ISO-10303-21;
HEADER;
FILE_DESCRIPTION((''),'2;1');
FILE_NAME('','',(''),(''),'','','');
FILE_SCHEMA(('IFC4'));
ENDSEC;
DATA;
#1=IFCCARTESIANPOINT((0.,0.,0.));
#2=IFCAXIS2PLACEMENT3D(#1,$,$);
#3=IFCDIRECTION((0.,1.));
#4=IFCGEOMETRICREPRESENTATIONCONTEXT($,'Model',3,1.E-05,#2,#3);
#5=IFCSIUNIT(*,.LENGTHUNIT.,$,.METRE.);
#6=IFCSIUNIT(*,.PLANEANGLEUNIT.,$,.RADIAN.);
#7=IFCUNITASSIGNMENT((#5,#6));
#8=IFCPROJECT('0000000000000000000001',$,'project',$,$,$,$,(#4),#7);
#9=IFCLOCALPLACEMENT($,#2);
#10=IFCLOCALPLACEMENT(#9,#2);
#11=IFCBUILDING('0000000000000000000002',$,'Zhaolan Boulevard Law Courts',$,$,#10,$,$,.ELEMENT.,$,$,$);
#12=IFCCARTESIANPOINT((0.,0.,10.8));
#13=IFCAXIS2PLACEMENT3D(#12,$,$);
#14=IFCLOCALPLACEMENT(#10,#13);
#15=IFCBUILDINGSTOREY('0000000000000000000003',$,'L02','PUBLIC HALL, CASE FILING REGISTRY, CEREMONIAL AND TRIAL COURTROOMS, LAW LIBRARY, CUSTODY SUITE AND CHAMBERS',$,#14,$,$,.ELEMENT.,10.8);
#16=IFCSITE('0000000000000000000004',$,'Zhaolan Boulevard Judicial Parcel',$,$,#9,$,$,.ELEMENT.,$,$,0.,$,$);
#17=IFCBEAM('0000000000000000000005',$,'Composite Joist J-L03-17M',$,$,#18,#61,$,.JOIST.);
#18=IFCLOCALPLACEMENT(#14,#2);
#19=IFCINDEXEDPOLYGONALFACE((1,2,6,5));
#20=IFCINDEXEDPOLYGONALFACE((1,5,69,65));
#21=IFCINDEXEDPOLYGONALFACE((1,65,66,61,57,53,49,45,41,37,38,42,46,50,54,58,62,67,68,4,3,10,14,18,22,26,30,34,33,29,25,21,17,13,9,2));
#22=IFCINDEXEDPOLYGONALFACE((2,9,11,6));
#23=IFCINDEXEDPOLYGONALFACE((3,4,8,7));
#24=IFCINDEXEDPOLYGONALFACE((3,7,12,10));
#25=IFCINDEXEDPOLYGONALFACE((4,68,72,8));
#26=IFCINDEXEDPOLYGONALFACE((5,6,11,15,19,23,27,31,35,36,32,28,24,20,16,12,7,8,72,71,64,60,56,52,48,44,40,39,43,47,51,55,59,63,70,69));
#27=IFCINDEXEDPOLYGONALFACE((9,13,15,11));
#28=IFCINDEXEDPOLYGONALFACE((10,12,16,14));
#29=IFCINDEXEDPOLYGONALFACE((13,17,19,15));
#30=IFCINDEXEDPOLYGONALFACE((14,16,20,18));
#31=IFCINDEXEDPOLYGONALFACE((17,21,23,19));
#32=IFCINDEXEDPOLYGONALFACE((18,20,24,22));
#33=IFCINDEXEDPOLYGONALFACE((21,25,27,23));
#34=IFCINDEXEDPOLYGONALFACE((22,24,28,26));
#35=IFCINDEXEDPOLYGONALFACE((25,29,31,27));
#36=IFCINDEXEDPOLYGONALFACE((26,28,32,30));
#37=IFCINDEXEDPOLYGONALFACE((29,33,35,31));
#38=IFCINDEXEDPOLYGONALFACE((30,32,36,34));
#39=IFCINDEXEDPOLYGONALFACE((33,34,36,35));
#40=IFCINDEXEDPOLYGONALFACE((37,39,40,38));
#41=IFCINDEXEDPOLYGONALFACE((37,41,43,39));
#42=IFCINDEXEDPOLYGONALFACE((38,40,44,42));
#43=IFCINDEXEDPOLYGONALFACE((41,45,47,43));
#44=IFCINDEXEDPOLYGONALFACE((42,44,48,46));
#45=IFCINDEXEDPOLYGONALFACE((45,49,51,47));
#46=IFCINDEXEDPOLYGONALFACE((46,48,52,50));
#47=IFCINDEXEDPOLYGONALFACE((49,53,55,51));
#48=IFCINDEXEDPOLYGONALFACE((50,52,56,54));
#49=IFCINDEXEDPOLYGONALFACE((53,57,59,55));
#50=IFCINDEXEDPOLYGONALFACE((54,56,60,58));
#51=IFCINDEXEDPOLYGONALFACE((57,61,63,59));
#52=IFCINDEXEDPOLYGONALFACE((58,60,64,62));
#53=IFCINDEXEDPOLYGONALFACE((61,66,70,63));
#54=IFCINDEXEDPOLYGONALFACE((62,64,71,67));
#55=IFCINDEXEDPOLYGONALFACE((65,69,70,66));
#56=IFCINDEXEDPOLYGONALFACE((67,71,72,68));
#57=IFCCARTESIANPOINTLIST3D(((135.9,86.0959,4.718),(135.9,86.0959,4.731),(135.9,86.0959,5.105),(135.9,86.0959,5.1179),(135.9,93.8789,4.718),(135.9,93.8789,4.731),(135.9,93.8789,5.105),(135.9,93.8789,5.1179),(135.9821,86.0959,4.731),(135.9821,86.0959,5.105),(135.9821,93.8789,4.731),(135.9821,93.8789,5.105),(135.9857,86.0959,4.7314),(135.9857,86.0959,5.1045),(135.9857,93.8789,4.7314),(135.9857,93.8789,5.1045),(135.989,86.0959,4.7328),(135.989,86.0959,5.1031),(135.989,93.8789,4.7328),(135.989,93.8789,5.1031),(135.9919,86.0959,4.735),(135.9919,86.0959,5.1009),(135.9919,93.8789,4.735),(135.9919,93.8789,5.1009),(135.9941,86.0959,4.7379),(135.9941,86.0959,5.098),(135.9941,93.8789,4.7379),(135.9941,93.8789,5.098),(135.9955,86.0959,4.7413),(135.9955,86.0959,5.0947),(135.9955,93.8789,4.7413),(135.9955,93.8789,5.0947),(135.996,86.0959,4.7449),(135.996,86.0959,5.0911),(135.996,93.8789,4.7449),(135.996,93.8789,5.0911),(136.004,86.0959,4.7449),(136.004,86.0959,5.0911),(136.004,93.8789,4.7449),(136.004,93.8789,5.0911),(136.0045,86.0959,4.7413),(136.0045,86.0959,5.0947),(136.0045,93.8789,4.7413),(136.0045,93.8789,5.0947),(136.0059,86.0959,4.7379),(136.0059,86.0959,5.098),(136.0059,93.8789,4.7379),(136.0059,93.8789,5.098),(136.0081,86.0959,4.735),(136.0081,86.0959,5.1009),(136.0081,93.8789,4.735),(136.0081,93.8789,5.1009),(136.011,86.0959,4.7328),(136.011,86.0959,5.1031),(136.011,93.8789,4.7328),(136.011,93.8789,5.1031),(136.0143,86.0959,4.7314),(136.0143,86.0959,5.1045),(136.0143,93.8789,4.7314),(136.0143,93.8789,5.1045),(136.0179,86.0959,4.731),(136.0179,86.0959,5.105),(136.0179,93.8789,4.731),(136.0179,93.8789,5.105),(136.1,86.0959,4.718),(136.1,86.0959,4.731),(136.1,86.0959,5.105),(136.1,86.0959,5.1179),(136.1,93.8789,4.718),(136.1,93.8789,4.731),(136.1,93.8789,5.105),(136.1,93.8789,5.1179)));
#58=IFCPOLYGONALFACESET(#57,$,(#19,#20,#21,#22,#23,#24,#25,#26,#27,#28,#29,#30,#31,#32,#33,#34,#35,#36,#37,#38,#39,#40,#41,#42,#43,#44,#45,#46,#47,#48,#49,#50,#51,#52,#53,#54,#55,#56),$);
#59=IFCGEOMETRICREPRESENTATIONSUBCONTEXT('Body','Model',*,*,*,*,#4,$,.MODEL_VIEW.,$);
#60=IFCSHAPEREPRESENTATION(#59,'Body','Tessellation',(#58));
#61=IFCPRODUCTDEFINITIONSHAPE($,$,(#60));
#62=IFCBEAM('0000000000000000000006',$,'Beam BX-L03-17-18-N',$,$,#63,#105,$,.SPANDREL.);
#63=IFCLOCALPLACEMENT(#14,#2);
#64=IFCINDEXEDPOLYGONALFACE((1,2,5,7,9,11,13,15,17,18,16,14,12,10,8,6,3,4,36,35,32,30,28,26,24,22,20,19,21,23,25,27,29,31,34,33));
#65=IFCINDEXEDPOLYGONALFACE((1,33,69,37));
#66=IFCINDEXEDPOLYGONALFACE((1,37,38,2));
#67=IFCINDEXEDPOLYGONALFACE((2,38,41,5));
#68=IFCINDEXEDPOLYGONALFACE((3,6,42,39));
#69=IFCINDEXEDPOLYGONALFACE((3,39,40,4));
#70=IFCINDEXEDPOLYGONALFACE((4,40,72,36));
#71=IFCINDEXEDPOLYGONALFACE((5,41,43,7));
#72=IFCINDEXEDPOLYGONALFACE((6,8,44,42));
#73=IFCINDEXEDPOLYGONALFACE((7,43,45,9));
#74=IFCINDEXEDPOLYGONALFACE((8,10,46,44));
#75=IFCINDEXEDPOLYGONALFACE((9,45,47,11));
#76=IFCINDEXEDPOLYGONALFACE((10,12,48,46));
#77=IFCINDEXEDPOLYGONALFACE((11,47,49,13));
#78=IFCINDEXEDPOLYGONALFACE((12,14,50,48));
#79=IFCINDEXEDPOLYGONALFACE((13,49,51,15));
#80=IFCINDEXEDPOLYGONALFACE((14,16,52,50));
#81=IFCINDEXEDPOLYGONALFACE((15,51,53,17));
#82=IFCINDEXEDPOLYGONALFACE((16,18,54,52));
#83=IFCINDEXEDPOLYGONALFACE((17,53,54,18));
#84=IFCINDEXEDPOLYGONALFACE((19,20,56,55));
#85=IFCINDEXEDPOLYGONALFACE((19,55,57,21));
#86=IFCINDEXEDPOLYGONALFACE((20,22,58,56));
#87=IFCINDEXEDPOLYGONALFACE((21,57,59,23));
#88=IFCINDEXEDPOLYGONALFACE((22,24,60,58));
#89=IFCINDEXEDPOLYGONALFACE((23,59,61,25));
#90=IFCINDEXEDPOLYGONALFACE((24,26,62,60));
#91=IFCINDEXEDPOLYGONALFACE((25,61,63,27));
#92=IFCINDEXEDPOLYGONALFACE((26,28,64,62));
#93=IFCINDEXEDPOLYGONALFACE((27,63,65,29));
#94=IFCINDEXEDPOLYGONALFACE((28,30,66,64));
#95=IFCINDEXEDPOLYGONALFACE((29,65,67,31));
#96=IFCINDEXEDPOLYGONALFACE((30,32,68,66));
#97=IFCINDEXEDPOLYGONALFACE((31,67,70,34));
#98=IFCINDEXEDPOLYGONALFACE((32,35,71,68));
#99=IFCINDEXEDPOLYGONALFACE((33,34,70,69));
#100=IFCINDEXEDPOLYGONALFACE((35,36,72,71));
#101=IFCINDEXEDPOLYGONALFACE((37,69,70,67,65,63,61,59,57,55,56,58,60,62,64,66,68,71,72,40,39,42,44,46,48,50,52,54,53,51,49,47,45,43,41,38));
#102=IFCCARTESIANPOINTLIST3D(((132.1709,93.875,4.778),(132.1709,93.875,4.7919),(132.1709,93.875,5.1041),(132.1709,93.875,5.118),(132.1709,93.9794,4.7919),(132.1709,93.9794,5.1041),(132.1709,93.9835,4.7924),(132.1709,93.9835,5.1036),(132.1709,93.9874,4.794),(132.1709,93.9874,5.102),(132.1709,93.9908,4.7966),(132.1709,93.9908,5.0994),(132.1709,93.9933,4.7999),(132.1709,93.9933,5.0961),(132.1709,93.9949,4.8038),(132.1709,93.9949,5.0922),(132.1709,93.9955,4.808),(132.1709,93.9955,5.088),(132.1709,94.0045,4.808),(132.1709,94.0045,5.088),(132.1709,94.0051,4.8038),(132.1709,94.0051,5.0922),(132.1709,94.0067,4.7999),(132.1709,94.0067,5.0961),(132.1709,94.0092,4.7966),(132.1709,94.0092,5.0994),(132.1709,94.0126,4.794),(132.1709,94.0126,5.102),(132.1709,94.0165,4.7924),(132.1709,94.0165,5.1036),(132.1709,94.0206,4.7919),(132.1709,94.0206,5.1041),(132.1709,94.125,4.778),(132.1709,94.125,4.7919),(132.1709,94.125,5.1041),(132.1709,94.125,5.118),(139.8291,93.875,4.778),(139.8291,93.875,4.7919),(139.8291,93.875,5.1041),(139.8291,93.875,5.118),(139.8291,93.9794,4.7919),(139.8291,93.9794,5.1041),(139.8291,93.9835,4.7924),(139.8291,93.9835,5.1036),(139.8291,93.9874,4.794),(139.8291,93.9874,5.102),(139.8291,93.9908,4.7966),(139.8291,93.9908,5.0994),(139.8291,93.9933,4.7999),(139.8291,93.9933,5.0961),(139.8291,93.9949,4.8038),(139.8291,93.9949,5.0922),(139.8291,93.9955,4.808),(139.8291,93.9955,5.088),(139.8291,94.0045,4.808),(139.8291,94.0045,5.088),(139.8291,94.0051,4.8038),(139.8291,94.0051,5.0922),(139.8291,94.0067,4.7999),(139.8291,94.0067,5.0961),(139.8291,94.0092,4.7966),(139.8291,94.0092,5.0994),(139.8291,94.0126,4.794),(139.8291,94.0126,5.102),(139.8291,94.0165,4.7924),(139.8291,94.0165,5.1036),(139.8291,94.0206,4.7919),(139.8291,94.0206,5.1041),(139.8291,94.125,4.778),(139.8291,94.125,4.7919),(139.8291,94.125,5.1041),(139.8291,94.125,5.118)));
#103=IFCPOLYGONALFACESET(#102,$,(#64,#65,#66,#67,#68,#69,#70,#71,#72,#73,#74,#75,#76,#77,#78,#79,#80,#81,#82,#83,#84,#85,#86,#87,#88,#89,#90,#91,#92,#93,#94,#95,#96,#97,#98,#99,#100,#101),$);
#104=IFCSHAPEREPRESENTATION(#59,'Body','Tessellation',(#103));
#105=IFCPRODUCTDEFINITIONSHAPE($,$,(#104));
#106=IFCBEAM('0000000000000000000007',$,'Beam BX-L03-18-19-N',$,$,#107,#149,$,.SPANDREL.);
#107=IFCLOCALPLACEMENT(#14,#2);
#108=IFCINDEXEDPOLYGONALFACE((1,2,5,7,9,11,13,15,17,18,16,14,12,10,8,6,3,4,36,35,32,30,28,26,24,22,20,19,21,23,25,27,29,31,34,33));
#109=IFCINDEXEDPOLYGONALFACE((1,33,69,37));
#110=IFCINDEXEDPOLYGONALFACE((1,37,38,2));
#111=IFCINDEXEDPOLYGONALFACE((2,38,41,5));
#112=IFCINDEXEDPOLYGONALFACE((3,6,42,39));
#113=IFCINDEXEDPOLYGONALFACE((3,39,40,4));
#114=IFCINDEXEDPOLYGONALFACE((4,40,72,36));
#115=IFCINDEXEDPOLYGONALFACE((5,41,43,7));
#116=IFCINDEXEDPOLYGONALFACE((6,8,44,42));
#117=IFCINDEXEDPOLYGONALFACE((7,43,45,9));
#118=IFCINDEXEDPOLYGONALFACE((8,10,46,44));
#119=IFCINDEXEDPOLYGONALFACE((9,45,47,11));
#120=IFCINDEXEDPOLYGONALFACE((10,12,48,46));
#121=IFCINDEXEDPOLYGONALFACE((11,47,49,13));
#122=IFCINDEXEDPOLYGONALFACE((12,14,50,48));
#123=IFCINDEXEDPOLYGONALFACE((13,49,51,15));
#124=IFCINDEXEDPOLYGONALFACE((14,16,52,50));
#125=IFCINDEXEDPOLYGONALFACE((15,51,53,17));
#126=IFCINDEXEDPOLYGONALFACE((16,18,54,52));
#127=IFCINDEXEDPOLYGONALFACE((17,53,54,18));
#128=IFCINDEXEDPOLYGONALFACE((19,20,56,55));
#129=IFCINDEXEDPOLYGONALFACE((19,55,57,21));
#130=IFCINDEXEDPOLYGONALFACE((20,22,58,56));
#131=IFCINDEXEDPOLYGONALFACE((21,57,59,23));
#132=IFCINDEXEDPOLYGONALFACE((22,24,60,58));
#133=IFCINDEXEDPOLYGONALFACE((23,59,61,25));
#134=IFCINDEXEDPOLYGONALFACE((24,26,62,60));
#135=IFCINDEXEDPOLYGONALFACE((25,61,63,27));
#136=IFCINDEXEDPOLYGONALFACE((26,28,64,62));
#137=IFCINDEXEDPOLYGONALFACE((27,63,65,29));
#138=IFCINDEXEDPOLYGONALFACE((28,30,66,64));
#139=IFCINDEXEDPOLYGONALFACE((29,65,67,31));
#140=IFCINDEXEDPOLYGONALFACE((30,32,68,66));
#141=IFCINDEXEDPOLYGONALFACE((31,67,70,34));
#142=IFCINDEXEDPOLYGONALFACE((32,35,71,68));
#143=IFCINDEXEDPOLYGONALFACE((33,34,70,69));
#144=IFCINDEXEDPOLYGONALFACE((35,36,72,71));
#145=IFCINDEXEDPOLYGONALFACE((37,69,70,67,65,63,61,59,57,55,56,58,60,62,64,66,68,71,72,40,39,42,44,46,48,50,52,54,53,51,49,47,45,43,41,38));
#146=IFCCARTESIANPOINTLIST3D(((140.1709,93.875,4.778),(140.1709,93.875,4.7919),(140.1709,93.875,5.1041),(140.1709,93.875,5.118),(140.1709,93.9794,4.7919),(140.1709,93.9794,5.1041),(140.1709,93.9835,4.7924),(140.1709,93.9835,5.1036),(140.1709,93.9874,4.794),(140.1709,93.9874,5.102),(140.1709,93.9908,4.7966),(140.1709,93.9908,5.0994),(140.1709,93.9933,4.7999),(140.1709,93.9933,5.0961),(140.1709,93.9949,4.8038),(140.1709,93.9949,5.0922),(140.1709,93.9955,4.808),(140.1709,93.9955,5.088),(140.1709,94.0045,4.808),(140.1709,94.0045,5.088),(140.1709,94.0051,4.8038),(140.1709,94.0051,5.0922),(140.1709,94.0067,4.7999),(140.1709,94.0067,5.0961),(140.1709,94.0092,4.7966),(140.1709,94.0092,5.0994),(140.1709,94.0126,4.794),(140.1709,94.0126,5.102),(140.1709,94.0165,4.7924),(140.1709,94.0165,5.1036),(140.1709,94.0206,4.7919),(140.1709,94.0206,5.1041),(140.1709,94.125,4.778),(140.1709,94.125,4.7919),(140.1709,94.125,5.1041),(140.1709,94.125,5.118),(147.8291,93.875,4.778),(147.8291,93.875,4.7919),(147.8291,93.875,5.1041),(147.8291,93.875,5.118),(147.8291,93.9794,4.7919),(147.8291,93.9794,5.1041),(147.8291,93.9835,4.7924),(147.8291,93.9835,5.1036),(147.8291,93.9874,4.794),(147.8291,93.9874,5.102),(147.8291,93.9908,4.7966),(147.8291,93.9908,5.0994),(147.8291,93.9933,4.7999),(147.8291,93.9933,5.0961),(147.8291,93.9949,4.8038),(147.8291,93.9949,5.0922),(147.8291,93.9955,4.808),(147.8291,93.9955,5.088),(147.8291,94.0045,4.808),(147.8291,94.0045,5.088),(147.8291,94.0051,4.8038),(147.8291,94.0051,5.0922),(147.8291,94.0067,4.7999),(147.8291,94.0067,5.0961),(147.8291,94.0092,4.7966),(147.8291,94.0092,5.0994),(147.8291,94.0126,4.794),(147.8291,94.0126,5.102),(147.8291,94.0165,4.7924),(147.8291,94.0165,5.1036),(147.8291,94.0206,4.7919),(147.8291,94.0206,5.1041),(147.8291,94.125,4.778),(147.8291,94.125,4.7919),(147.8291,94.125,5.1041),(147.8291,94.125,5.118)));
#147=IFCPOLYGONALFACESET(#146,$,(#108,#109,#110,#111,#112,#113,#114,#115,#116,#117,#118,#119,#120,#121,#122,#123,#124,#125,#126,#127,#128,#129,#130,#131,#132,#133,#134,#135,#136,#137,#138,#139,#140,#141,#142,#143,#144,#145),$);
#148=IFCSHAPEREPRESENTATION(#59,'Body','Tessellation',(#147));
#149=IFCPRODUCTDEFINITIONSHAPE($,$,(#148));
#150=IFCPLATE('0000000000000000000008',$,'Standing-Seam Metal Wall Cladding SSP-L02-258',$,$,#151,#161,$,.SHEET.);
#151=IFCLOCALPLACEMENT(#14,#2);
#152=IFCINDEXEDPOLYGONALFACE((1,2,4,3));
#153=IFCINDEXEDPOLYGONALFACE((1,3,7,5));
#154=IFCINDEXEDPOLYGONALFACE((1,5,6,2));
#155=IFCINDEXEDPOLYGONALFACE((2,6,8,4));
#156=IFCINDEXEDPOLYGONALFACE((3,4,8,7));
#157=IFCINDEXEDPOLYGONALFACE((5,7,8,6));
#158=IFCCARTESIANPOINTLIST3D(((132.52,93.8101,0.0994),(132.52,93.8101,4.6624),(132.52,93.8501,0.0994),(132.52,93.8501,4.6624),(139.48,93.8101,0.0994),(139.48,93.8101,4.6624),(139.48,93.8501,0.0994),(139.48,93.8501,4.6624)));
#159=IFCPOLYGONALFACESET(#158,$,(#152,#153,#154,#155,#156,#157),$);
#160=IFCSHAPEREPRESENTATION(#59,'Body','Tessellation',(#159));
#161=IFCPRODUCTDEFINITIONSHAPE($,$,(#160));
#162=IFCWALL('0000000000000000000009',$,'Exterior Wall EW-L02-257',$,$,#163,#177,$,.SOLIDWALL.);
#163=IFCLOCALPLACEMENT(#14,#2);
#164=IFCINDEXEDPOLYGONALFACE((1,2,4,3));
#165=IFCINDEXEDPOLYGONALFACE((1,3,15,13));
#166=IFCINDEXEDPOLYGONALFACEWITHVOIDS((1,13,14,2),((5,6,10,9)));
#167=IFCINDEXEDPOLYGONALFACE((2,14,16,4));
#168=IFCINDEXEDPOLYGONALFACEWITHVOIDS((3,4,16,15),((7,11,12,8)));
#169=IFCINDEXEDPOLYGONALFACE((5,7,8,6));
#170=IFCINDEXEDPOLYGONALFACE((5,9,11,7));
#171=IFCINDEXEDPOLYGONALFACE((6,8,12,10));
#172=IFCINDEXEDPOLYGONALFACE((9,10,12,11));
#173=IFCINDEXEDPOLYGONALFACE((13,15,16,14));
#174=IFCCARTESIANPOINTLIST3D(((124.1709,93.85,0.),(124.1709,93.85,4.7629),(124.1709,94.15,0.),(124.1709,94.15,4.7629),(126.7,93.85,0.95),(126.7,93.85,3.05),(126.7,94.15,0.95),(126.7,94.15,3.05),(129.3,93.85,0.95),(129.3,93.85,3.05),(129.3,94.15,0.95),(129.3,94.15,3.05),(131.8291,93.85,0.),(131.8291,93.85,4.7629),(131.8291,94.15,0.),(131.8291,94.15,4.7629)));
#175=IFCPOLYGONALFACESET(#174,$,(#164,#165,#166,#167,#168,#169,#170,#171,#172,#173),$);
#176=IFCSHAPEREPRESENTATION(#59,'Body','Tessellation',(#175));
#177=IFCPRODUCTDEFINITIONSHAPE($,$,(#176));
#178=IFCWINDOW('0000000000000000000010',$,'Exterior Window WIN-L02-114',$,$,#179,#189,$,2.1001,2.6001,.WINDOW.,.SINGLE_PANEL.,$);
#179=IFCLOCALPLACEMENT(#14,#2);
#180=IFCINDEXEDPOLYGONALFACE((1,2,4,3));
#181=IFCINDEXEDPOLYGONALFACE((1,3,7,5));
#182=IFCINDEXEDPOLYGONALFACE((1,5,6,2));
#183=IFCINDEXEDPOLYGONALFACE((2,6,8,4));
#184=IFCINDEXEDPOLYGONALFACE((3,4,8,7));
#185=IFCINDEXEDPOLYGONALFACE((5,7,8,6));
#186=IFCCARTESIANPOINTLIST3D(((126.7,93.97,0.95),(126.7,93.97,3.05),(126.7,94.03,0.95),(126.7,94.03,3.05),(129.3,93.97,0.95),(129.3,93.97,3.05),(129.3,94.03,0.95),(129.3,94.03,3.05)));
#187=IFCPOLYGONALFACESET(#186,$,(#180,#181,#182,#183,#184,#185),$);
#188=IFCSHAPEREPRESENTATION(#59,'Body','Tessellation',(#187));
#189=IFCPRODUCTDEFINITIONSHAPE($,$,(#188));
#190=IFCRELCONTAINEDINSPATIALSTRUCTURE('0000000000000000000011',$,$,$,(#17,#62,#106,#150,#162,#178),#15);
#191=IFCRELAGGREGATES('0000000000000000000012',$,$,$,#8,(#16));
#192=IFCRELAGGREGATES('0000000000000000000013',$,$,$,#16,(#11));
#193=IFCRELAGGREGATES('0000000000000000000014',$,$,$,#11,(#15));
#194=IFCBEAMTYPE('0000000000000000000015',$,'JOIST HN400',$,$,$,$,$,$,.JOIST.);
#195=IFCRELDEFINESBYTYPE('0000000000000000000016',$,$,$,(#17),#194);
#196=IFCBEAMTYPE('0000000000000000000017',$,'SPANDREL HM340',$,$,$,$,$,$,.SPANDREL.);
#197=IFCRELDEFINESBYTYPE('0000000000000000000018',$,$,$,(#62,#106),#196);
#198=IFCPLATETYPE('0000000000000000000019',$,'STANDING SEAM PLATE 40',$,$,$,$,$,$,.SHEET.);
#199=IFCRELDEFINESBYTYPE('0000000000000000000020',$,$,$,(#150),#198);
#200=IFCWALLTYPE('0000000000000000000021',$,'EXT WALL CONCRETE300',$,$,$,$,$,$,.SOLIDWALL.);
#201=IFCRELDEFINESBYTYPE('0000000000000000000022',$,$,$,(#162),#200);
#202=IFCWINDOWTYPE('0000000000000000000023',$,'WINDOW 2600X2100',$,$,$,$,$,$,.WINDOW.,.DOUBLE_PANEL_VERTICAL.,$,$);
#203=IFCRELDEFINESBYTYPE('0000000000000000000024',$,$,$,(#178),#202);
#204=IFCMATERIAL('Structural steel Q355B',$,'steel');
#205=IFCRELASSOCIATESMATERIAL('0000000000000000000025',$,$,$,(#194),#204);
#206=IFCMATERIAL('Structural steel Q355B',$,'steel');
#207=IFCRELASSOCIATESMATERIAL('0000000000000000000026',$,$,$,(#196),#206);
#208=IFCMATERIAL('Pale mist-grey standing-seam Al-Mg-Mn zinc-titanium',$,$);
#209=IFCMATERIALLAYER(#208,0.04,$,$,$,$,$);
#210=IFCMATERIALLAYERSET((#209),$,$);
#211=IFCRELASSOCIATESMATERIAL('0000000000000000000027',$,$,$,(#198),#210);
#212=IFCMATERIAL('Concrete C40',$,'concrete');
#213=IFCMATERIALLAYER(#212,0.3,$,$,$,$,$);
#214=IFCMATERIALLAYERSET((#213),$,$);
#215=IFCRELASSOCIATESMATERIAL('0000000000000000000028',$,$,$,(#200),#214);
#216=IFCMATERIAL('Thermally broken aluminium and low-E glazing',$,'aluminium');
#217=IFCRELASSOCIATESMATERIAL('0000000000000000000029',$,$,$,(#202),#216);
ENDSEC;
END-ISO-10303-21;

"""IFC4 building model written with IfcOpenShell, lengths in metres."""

from ifc_helpers import new_model, si_unit, direction, frame, frame_2d, origin, origin_2d, place, context, subcontext, project, spatial, rectangle, i_section, extrude, material, layer, layer_set, material_profile, profile_set, type_object, element, fill, save


model = new_model("IFC4")

# Units and contexts
model_context = context("Model", 3, precision=1e-05, world=origin(), true_north=direction((0.0, 1.0)))
body_context = subcontext(model_context, "Body", "Model", "MODEL_VIEW")
ifc_project = project(units=[si_unit("LENGTHUNIT", "METRE"), si_unit("PLANEANGLEUNIT", "RADIAN")], contexts=[model_context])

# Site, building, storey
site_placement = place(None, origin())
site = spatial("IfcSite", under=ifc_project, at=site_placement, Name="Zhaolan Boulevard Judicial Parcel", CompositionType="ELEMENT", RefElevation=0.0)
building_placement = place(site_placement, origin())
building = spatial("IfcBuilding", under=site, at=building_placement, Name="Zhaolan Boulevard Law Courts", CompositionType="ELEMENT")
storey_placement = place(building_placement, frame((0.0, 0.0, 10.8)))
storey = spatial("IfcBuildingStorey", under=building, at=storey_placement, Name="L02", Description="PUBLIC HALL, CASE FILING REGISTRY, CEREMONIAL AND TRIAL COURTROOMS, LAW LIBRARY, CUSTODY SUITE AND CHAMBERS", CompositionType="ELEMENT", Elevation=10.8)

# Beams
ifc_material_1 = material(Name="Structural steel Q355B", Category="steel")
ifc_material_profile_1 = material_profile(ifc_material_1, i_section(OverallWidth=0.2, OverallDepth=0.3999, WebThickness=0.0081, FlangeThickness=0.0129, FilletRadius=0.0139, at=origin_2d()), Name="HN400x200")
ifc_profile_set_1 = profile_set([ifc_material_profile_1], Name="Structural steel Q355B")
beam_type_1 = type_object("IfcBeamType", Name="JOIST HN400", PredefinedType="JOIST", material=ifc_profile_set_1)
beam_1_placement = place(storey_placement, frame((136.0, 86.0959, 4.918), z_axis=(0.0, 1.0, 0.0), x_axis=(-1.0, 0.0, 0.0)))
element("IfcBeam", 1, at=beam_1_placement, inside=storey, type_object=beam_type_1, Name="Composite Joist J-L03-17M", PredefinedType="JOIST", context=body_context, shape_type="SweptSolid", body=[
    extrude(i_section(OverallWidth=0.2, OverallDepth=0.3999, WebThickness=0.0081, FlangeThickness=0.0129, FilletRadius=0.0139, at=origin_2d()), origin(), (0.0, 0.0, 1.0), 7.783),
])
ifc_material_2 = material(Name="Structural steel Q355B", Category="steel")
ifc_material_profile_2 = material_profile(ifc_material_2, i_section(OverallWidth=0.25, OverallDepth=0.3401, WebThickness=0.009, FlangeThickness=0.0139, FilletRadius=0.0161, at=origin_2d()), Name="HM340x250")
ifc_profile_set_2 = profile_set([ifc_material_profile_2], Name="Structural steel Q355B")
beam_type_2 = type_object("IfcBeamType", Name="SPANDREL HM340", PredefinedType="SPANDREL", material=ifc_profile_set_2)
for number, where, z_axis, x_axis, name in (
    (2, (132.1709, 94.0, 4.948), (1.0, 0.0, 0.0), (0.0, 1.0, 0.0), "Beam BX-L03-17-18-N"),
    (3, (140.1709, 94.0, 4.948), (1.0, 0.0, 0.0), (0.0, 1.0, 0.0), "Beam BX-L03-18-19-N"),
):
    element("IfcBeam", number, at=place(storey_placement, frame(where, z_axis=z_axis, x_axis=x_axis)), inside=storey, type_object=beam_type_2, Name=name, PredefinedType="SPANDREL", context=body_context, shape_type="SweptSolid", body=[
        extrude(i_section(OverallWidth=0.25, OverallDepth=0.3401, WebThickness=0.009, FlangeThickness=0.0139, FilletRadius=0.0161, at=origin_2d()), origin(), (0.0, 0.0, 1.0), 7.6582),
    ])

# Plate
ifc_material_3 = material(Name="Pale mist-grey standing-seam Al-Mg-Mn zinc-titanium")
ifc_layer_1 = layer(ifc_material_3, 0.04)
ifc_layer_set_1 = layer_set([ifc_layer_1])
plate_type = type_object("IfcPlateType", Name="STANDING SEAM PLATE 40", PredefinedType="SHEET", material=ifc_layer_set_1)
plate_placement = place(storey_placement, frame((136.0, 93.8301, 0.0994), z_axis=(0.0, 0.0, 1.0), x_axis=(-1.0, 0.0, 0.0)))
element("IfcPlate", 4, at=plate_placement, inside=storey, type_object=plate_type, Name="Standing-Seam Metal Wall Cladding SSP-L02-258", PredefinedType="SHEET", context=body_context, shape_type="SweptSolid", body=[
    extrude(rectangle(XDim=6.96, YDim=0.04, at=origin_2d()), origin(), (0.0, 0.0, 1.0), 4.563),
])

# Wall, opening, window
ifc_material_4 = material(Name="Concrete C40", Category="concrete")
ifc_layer_2 = layer(ifc_material_4, 0.3)
ifc_layer_set_2 = layer_set([ifc_layer_2])
wall_type_1 = type_object("IfcWallType", Name="EXT WALL CONCRETE300", PredefinedType="SOLIDWALL", material=ifc_layer_set_2)
wall_1_placement = place(storey_placement, frame((131.8291, 94.0, 0.0), z_axis=(0.0, 0.0, 1.0), x_axis=(-1.0, 0.0, 0.0)))
wall_1 = element("IfcWall", 5, at=wall_1_placement, inside=storey, type_object=wall_type_1, Name="Exterior Wall EW-L02-257", PredefinedType="SOLIDWALL", context=body_context, shape_type="SweptSolid", body=[
    extrude(rectangle(XDim=7.6582, YDim=0.3, at=frame_2d((3.8291, 0.0))), origin(), (0.0, 0.0, 1.0), 4.7629),
])
opening_1_placement = place(wall_1_placement, frame((2.5291, 0.0, 0.95)))
opening_1 = element("IfcOpeningElement", 6, at=opening_1_placement, cuts=wall_1, PredefinedType="OPENING", context=body_context, shape_type="SweptSolid", body=[
    extrude(rectangle(XDim=2.6001, YDim=2.1001, at=frame_2d((1.3, 1.05))), frame((0.0, 0.1599, 0.0), z_axis=(0.0, -1.0, 0.0), x_axis=(1.0, 0.0, 0.0)), (0.0, 0.0, 1.0), 0.3201),
])
ifc_material_5 = material(Name="Thermally broken aluminium and low-E glazing", Category="aluminium")
window_type_1 = type_object("IfcWindowType", Name="WINDOW 2600X2100", PartitioningType="DOUBLE_PANEL_VERTICAL", PredefinedType="WINDOW", material=ifc_material_5)
window_1_placement = place(opening_1_placement, origin())
window_1 = element("IfcWindow", 7, at=window_1_placement, inside=storey, type_object=window_type_1, Name="Exterior Window WIN-L02-114", OverallHeight=2.1001, OverallWidth=2.6001, PartitioningType="SINGLE_PANEL", PredefinedType="WINDOW", context=body_context, shape_type="SweptSolid", body=[
    extrude(rectangle(XDim=2.6001, YDim=2.1001, at=frame_2d((1.3, 1.05))), frame((0.0, 0.03, 0.0), z_axis=(0.0, -1.0, 0.0), x_axis=(1.0, 0.0, 0.0)), (0.0, 0.0, 1.0), 0.0601),
])
fill(opening_1, window_1)

save(model, "model.ifc")
